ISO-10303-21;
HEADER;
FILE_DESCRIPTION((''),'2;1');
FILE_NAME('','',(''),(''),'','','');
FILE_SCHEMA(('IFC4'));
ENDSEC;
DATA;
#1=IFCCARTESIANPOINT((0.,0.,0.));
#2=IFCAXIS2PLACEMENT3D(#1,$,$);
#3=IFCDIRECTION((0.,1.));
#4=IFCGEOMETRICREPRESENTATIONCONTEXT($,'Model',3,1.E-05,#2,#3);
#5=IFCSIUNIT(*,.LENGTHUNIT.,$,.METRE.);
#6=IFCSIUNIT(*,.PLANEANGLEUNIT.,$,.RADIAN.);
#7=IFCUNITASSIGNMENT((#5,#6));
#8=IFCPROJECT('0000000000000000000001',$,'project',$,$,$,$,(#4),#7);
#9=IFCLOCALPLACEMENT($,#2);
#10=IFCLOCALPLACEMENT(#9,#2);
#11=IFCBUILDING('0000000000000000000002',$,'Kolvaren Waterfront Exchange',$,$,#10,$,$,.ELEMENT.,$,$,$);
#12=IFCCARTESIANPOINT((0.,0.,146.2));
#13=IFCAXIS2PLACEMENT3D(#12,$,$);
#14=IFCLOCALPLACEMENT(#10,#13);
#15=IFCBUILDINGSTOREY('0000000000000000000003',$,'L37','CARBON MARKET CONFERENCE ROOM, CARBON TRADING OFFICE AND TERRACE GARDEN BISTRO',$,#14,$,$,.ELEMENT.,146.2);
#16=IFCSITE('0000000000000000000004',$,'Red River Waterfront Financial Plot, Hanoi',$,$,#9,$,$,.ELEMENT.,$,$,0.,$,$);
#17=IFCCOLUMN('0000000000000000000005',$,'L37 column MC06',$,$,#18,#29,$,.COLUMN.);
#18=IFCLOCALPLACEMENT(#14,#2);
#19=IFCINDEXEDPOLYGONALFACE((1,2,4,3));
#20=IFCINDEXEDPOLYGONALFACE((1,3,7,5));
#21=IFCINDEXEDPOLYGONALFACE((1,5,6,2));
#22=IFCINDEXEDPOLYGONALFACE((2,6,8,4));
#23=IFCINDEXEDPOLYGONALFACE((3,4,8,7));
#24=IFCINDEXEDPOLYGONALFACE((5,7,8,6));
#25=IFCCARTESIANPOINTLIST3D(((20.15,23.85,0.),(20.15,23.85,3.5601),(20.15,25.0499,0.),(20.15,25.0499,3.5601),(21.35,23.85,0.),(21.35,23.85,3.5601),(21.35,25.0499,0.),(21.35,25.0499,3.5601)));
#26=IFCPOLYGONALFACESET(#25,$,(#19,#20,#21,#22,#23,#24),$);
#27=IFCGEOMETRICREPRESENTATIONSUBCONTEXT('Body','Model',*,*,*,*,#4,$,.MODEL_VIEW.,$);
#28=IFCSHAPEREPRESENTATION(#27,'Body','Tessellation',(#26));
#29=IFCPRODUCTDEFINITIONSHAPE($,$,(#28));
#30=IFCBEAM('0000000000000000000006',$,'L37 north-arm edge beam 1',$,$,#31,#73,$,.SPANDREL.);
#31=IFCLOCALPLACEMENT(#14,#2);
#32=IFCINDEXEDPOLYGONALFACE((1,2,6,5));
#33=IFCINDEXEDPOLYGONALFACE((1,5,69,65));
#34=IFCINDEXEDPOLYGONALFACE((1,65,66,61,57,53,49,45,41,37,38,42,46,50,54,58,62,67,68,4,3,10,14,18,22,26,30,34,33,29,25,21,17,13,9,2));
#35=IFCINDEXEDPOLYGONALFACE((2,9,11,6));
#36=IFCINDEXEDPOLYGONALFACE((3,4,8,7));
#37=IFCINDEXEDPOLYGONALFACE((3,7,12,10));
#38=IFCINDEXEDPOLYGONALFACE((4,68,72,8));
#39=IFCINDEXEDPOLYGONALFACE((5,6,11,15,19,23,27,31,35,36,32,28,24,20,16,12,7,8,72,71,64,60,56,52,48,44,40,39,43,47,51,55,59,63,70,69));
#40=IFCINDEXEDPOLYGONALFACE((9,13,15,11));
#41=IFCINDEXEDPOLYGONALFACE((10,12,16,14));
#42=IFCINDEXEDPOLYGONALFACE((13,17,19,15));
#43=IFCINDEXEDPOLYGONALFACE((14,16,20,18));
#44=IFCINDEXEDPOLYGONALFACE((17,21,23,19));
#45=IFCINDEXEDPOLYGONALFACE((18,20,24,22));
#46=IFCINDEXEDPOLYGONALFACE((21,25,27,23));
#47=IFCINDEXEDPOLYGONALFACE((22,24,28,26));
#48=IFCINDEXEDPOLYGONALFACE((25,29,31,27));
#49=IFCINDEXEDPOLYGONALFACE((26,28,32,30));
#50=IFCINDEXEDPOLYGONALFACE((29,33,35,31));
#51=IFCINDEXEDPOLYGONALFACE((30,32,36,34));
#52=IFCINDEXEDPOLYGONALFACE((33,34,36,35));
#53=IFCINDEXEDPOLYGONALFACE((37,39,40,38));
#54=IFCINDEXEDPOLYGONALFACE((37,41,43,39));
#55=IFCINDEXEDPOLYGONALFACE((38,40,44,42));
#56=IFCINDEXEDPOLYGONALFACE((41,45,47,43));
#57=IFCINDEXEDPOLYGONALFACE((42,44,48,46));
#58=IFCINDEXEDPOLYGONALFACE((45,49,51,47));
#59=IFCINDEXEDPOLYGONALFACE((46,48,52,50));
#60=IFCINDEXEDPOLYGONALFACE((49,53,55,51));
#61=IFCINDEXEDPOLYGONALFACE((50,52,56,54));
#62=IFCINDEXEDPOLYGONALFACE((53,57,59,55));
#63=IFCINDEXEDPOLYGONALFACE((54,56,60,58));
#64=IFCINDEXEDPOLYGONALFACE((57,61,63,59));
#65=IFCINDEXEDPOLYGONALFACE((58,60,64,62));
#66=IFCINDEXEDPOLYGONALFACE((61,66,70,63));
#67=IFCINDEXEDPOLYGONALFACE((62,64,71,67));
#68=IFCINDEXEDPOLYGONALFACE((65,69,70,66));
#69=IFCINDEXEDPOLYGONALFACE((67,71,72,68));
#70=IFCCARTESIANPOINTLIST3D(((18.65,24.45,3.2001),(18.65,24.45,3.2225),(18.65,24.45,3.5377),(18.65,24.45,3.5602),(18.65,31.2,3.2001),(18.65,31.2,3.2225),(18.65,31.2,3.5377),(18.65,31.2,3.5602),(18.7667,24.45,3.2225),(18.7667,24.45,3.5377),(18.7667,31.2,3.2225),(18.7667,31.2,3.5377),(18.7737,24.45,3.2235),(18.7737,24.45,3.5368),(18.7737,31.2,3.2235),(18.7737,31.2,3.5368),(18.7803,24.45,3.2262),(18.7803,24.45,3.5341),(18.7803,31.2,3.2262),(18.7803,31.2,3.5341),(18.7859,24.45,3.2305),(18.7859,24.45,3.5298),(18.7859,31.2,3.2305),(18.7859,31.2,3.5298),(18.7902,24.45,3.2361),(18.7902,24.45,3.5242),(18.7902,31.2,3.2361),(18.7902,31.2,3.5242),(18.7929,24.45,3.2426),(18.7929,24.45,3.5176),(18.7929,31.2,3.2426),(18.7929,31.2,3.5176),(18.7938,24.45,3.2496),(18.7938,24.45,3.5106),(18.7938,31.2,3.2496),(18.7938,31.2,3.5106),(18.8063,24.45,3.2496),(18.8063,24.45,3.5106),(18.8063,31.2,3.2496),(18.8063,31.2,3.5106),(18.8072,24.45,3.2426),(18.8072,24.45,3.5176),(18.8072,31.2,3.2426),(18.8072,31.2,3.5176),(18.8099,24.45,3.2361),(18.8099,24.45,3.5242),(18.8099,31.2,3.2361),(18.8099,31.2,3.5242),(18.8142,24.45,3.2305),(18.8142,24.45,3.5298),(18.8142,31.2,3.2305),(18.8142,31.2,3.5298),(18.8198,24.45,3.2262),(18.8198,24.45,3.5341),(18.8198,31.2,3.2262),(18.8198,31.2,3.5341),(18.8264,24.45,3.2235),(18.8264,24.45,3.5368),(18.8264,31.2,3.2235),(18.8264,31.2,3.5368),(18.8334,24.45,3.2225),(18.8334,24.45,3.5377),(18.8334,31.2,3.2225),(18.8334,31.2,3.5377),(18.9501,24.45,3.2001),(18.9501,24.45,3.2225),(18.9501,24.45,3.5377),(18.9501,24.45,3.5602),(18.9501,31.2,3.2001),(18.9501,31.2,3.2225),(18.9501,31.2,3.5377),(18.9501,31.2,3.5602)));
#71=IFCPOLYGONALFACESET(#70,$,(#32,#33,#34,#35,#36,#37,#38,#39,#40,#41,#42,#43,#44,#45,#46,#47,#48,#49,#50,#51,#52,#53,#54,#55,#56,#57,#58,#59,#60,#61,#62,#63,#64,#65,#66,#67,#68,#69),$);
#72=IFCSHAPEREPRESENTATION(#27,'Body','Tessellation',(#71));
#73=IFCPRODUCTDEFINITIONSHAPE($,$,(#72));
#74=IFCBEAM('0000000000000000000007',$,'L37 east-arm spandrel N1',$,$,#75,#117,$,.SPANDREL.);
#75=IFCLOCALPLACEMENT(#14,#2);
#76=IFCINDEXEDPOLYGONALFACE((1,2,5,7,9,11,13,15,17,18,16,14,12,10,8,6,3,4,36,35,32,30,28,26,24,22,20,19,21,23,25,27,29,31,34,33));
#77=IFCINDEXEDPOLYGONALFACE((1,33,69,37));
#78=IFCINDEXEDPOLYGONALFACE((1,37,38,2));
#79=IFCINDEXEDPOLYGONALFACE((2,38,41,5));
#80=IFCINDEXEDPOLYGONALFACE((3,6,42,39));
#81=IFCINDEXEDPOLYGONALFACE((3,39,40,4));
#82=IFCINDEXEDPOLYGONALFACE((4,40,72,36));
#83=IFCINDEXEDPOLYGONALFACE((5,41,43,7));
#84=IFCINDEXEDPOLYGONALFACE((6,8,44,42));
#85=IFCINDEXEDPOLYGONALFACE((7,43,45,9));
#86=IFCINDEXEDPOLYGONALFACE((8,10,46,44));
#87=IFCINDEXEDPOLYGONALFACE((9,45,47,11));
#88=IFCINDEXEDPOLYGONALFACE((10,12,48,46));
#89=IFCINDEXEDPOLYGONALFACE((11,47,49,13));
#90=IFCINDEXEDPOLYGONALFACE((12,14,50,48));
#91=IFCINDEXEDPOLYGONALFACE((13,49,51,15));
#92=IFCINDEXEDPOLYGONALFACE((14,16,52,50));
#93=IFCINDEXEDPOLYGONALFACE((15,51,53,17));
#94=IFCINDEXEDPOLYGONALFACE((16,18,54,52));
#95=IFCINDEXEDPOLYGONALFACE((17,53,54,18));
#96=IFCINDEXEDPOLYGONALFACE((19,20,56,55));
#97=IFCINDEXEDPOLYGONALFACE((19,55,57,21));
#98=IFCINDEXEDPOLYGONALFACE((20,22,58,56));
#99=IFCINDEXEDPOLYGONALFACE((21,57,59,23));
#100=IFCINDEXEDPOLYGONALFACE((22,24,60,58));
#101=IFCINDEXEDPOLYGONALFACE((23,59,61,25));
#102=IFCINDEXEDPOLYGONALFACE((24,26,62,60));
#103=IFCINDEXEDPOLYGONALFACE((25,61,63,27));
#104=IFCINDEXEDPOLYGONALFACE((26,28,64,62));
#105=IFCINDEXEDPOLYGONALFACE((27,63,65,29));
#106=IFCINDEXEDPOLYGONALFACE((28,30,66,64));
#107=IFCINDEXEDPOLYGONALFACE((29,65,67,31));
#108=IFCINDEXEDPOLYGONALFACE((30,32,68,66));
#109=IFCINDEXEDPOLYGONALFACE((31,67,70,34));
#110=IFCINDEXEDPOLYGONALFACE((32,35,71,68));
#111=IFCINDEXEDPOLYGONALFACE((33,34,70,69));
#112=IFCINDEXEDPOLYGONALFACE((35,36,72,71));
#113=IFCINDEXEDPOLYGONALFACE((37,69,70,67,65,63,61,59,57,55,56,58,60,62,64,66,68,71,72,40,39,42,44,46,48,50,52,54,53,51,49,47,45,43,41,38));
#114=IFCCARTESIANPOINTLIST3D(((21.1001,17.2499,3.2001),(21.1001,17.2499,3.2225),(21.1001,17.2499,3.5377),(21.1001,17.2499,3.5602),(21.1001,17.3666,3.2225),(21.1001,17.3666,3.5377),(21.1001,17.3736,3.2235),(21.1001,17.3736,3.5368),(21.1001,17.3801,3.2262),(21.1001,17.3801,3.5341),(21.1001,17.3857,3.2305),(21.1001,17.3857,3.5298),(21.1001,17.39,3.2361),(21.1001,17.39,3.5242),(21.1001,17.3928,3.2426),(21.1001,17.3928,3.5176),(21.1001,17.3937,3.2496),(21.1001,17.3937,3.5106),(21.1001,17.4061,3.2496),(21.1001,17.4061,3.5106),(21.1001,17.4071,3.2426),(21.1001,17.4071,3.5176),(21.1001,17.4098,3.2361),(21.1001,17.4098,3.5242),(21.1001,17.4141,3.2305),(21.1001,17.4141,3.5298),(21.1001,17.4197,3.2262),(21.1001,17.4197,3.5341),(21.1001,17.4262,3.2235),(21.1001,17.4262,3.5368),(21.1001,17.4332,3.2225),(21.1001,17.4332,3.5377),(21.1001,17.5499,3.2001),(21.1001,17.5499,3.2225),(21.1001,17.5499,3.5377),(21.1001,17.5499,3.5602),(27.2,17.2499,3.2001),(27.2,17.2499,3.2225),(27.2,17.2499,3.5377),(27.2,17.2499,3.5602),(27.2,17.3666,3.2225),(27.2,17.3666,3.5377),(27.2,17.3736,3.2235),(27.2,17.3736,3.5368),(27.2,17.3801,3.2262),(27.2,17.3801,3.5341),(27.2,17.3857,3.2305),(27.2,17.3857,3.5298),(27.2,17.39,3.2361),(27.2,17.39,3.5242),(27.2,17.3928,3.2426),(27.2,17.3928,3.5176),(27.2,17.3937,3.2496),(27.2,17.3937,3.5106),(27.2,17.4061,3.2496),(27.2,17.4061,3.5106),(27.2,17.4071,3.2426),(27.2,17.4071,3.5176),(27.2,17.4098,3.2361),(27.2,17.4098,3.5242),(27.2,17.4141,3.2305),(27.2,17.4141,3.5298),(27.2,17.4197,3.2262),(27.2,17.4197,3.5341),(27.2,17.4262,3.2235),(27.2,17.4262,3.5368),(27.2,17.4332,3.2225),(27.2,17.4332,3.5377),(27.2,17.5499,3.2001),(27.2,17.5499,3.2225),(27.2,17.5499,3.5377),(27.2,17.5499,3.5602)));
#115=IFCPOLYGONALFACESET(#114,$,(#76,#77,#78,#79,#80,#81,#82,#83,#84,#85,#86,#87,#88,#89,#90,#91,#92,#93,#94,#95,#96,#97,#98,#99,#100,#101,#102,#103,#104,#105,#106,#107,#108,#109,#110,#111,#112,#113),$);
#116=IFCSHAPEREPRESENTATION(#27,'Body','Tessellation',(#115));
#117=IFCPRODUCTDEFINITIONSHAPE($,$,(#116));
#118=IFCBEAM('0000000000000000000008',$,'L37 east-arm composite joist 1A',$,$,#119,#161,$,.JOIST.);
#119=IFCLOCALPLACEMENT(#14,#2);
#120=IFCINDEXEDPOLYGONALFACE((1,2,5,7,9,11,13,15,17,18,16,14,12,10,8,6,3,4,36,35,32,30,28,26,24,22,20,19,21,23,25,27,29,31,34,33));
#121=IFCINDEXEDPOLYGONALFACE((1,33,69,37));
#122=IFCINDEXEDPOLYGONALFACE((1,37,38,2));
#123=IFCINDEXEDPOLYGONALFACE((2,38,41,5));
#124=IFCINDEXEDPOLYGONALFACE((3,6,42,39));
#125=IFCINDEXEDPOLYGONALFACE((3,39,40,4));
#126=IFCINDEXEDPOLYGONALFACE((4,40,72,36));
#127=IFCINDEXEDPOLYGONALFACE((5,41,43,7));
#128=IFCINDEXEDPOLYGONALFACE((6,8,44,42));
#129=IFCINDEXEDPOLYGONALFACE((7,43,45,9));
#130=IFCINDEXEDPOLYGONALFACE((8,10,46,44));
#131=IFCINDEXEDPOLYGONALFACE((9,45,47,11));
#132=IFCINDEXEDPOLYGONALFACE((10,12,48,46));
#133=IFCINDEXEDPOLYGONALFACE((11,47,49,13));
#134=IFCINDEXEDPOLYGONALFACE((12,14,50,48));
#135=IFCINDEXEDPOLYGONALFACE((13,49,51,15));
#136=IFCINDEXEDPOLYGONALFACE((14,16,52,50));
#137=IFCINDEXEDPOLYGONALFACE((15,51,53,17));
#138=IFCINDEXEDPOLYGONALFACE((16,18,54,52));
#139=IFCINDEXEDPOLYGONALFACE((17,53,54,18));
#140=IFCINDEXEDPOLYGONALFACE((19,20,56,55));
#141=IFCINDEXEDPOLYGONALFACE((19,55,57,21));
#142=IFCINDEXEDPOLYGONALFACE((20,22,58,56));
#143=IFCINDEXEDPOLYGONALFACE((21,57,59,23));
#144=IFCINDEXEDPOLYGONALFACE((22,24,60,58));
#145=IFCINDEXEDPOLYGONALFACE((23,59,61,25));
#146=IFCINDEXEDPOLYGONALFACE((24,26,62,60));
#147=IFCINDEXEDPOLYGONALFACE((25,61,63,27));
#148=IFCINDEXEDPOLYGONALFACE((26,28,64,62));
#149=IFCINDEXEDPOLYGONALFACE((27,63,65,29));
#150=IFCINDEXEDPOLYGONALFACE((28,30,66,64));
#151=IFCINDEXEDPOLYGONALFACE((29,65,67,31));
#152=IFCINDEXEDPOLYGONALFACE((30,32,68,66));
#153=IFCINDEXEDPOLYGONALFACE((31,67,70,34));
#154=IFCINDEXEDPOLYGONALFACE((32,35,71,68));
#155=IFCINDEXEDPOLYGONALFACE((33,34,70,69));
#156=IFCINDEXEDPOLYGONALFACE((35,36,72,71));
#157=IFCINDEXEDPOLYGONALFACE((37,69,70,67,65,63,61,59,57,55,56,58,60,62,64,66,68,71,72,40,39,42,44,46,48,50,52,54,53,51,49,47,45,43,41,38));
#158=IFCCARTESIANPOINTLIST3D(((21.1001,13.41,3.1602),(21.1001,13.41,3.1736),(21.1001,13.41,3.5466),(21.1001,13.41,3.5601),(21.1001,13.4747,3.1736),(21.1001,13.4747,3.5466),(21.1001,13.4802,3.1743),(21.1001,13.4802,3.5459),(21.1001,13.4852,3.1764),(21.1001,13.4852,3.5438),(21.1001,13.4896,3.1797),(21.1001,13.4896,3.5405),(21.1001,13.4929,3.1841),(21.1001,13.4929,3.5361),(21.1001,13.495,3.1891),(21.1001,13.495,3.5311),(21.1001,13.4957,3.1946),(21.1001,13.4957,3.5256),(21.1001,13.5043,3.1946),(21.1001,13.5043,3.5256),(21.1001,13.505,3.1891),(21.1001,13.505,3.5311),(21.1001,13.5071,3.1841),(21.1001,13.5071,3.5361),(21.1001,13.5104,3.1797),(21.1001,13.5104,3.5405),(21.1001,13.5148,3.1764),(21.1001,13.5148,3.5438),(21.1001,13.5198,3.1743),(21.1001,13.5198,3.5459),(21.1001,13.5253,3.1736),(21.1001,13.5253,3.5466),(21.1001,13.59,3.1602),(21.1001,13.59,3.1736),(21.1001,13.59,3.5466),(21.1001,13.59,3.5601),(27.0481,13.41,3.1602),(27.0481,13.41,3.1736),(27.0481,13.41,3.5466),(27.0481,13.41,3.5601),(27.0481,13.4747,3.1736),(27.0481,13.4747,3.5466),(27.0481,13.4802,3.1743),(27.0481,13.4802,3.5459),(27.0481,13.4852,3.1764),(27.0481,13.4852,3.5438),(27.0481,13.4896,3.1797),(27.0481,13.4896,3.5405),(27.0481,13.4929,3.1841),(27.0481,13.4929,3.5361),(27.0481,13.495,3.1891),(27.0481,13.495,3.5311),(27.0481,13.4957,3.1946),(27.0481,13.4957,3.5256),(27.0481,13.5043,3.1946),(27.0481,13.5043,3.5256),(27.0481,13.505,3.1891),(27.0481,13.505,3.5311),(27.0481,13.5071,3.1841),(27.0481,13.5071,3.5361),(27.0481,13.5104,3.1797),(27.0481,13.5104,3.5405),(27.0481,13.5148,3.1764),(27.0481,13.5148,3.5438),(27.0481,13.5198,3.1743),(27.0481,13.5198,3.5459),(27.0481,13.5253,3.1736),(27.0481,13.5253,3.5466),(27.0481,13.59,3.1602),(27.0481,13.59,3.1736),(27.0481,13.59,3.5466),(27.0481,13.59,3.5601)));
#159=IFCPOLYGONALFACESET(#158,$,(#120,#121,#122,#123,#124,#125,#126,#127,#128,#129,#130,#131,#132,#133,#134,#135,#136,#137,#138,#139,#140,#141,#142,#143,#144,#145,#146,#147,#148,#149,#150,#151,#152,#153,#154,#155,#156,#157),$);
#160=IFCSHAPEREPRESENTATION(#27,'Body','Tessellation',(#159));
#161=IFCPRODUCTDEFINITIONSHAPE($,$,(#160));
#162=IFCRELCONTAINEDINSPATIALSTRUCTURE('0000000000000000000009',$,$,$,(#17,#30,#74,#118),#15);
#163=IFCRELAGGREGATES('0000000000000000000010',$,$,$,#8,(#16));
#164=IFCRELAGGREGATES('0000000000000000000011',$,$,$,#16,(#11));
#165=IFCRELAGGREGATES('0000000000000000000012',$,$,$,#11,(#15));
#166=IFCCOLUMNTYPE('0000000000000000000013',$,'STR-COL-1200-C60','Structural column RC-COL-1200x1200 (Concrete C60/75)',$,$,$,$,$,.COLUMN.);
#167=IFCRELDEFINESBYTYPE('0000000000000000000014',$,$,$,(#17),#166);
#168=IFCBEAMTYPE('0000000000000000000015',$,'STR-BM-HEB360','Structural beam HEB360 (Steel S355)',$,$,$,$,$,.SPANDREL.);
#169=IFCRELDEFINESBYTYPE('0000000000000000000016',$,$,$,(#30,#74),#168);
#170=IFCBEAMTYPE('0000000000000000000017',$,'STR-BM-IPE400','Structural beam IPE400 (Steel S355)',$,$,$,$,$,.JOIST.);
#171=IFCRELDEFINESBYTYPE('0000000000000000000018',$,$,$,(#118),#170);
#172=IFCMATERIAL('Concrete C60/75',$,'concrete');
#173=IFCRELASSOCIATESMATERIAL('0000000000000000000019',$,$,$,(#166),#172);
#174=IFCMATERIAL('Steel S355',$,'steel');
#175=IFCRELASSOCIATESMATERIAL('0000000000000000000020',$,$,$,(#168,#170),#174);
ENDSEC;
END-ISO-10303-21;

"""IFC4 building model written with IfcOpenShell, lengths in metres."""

from ifc_helpers import new_model, si_unit, direction, frame, origin, origin_2d, place, context, subcontext, project, spatial, rectangle, i_section, extrude, material, material_profile, profile_set, type_object, element, save


model = new_model("IFC4")

# Units and contexts
model_context = context("Model", 3, precision=1e-05, world=origin(), true_north=direction((0.0, 1.0)))
body_context = subcontext(model_context, "Body", "Model", "MODEL_VIEW")
ifc_project = project(units=[si_unit("LENGTHUNIT", "METRE"), si_unit("PLANEANGLEUNIT", "RADIAN")], contexts=[model_context])

# Site, building, storey
site_placement = place(None, origin())
site = spatial("IfcSite", under=ifc_project, at=site_placement, Name="Red River Waterfront Financial Plot, Hanoi", CompositionType="ELEMENT", RefElevation=0.0)
building_placement = place(site_placement, origin())
building = spatial("IfcBuilding", under=site, at=building_placement, Name="Kolvaren Waterfront Exchange", CompositionType="ELEMENT")
storey_placement = place(building_placement, frame((0.0, 0.0, 146.2)))
storey = spatial("IfcBuildingStorey", under=building, at=storey_placement, Name="L37", Description="CARBON MARKET CONFERENCE ROOM, CARBON TRADING OFFICE AND TERRACE GARDEN BISTRO", CompositionType="ELEMENT", Elevation=146.2)

# Column
ifc_material_1 = material(Name="Concrete C60/75", Category="concrete")
ifc_material_profile_1 = material_profile(ifc_material_1, rectangle(XDim=1.2, YDim=1.2, at=origin_2d()), Name="RC-COL-1200x1200")
ifc_profile_set_1 = profile_set([ifc_material_profile_1], Name="Concrete C60/75")
column_type = type_object("IfcColumnType", Name="STR-COL-1200-C60", Description="Structural column RC-COL-1200x1200 (Concrete C60/75)", PredefinedType="COLUMN", material=ifc_profile_set_1)
column_placement = place(storey_placement, frame((20.75, 24.45, 0.0), z_axis=(0.0, 0.0, 1.0), x_axis=(1.0, 0.0, 0.0)))
element("IfcColumn", 1, at=column_placement, inside=storey, type_object=column_type, Name="L37 column MC06", PredefinedType="COLUMN", context=body_context, shape_type="SweptSolid", body=[
    extrude(rectangle(XDim=1.2, YDim=1.2, at=origin_2d()), origin(), (0.0, 0.0, 1.0), 3.5601),
])

# Beams
ifc_material_2 = material(Name="Steel S355", Category="steel")
ifc_material_profile_2 = material_profile(ifc_material_2, i_section(OverallWidth=0.3, OverallDepth=0.3601, WebThickness=0.0125, FlangeThickness=0.0225, FilletRadius=0.0271, at=origin_2d()), Name="HEB360")
ifc_profile_set_2 = profile_set([ifc_material_profile_2], Name="Steel S355")
beam_type_1 = type_object("IfcBeamType", Name="STR-BM-HEB360", Description="Structural beam HEB360 (Steel S355)", PredefinedType="SPANDREL", material=ifc_profile_set_2)
beam_1_placement = place(storey_placement, frame((18.8, 24.45, 3.3801), z_axis=(0.0, 1.0, 0.0), x_axis=(-1.0, 0.0, 0.0)))
element("IfcBeam", 2, at=beam_1_placement, inside=storey, type_object=beam_type_1, Name="L37 north-arm edge beam 1", PredefinedType="SPANDREL", context=body_context, shape_type="SweptSolid", body=[
    extrude(i_section(OverallWidth=0.3, OverallDepth=0.3601, WebThickness=0.0125, FlangeThickness=0.0225, FilletRadius=0.0271, at=origin_2d()), origin(), (0.0, 0.0, 1.0), 6.75),
])
beam_2_placement = place(storey_placement, frame((21.1001, 17.3999, 3.3801), z_axis=(1.0, 0.0, 0.0), x_axis=(0.0, 1.0, 0.0)))
element("IfcBeam", 3, at=beam_2_placement, inside=storey, type_object=beam_type_1, Name="L37 east-arm spandrel N1", PredefinedType="SPANDREL", context=body_context, shape_type="SweptSolid", body=[
    extrude(i_section(OverallWidth=0.3, OverallDepth=0.3601, WebThickness=0.0125, FlangeThickness=0.0225, FilletRadius=0.0271, at=origin_2d()), origin(), (0.0, 0.0, 1.0), 6.0999),
])
ifc_material_profile_3 = material_profile(ifc_material_2, i_section(OverallWidth=0.1799, OverallDepth=0.3999, WebThickness=0.0085, FlangeThickness=0.0134, FilletRadius=0.021, at=origin_2d()), Name="IPE400")
ifc_profile_set_3 = profile_set([ifc_material_profile_3], Name="Steel S355")
beam_type_2 = type_object("IfcBeamType", Name="STR-BM-IPE400", Description="Structural beam IPE400 (Steel S355)", PredefinedType="JOIST", material=ifc_profile_set_3)
for number, where, z_axis, x_axis, name in (
    (4, (21.1001, 13.5, 3.3601), (1.0, 0.0, 0.0), (0.0, 1.0, 0.0), "L37 east-arm composite joist 1A"),
):
    element("IfcBeam", number, at=place(storey_placement, frame(where, z_axis=z_axis, x_axis=x_axis)), inside=storey, type_object=beam_type_2, Name=name, PredefinedType="JOIST", context=body_context, shape_type="SweptSolid", body=[
        extrude(i_section(OverallWidth=0.1799, OverallDepth=0.3999, WebThickness=0.0085, FlangeThickness=0.0134, FilletRadius=0.021, at=origin_2d()), origin(), (0.0, 0.0, 1.0), 5.948),
    ])

save(model, "model.ifc")
